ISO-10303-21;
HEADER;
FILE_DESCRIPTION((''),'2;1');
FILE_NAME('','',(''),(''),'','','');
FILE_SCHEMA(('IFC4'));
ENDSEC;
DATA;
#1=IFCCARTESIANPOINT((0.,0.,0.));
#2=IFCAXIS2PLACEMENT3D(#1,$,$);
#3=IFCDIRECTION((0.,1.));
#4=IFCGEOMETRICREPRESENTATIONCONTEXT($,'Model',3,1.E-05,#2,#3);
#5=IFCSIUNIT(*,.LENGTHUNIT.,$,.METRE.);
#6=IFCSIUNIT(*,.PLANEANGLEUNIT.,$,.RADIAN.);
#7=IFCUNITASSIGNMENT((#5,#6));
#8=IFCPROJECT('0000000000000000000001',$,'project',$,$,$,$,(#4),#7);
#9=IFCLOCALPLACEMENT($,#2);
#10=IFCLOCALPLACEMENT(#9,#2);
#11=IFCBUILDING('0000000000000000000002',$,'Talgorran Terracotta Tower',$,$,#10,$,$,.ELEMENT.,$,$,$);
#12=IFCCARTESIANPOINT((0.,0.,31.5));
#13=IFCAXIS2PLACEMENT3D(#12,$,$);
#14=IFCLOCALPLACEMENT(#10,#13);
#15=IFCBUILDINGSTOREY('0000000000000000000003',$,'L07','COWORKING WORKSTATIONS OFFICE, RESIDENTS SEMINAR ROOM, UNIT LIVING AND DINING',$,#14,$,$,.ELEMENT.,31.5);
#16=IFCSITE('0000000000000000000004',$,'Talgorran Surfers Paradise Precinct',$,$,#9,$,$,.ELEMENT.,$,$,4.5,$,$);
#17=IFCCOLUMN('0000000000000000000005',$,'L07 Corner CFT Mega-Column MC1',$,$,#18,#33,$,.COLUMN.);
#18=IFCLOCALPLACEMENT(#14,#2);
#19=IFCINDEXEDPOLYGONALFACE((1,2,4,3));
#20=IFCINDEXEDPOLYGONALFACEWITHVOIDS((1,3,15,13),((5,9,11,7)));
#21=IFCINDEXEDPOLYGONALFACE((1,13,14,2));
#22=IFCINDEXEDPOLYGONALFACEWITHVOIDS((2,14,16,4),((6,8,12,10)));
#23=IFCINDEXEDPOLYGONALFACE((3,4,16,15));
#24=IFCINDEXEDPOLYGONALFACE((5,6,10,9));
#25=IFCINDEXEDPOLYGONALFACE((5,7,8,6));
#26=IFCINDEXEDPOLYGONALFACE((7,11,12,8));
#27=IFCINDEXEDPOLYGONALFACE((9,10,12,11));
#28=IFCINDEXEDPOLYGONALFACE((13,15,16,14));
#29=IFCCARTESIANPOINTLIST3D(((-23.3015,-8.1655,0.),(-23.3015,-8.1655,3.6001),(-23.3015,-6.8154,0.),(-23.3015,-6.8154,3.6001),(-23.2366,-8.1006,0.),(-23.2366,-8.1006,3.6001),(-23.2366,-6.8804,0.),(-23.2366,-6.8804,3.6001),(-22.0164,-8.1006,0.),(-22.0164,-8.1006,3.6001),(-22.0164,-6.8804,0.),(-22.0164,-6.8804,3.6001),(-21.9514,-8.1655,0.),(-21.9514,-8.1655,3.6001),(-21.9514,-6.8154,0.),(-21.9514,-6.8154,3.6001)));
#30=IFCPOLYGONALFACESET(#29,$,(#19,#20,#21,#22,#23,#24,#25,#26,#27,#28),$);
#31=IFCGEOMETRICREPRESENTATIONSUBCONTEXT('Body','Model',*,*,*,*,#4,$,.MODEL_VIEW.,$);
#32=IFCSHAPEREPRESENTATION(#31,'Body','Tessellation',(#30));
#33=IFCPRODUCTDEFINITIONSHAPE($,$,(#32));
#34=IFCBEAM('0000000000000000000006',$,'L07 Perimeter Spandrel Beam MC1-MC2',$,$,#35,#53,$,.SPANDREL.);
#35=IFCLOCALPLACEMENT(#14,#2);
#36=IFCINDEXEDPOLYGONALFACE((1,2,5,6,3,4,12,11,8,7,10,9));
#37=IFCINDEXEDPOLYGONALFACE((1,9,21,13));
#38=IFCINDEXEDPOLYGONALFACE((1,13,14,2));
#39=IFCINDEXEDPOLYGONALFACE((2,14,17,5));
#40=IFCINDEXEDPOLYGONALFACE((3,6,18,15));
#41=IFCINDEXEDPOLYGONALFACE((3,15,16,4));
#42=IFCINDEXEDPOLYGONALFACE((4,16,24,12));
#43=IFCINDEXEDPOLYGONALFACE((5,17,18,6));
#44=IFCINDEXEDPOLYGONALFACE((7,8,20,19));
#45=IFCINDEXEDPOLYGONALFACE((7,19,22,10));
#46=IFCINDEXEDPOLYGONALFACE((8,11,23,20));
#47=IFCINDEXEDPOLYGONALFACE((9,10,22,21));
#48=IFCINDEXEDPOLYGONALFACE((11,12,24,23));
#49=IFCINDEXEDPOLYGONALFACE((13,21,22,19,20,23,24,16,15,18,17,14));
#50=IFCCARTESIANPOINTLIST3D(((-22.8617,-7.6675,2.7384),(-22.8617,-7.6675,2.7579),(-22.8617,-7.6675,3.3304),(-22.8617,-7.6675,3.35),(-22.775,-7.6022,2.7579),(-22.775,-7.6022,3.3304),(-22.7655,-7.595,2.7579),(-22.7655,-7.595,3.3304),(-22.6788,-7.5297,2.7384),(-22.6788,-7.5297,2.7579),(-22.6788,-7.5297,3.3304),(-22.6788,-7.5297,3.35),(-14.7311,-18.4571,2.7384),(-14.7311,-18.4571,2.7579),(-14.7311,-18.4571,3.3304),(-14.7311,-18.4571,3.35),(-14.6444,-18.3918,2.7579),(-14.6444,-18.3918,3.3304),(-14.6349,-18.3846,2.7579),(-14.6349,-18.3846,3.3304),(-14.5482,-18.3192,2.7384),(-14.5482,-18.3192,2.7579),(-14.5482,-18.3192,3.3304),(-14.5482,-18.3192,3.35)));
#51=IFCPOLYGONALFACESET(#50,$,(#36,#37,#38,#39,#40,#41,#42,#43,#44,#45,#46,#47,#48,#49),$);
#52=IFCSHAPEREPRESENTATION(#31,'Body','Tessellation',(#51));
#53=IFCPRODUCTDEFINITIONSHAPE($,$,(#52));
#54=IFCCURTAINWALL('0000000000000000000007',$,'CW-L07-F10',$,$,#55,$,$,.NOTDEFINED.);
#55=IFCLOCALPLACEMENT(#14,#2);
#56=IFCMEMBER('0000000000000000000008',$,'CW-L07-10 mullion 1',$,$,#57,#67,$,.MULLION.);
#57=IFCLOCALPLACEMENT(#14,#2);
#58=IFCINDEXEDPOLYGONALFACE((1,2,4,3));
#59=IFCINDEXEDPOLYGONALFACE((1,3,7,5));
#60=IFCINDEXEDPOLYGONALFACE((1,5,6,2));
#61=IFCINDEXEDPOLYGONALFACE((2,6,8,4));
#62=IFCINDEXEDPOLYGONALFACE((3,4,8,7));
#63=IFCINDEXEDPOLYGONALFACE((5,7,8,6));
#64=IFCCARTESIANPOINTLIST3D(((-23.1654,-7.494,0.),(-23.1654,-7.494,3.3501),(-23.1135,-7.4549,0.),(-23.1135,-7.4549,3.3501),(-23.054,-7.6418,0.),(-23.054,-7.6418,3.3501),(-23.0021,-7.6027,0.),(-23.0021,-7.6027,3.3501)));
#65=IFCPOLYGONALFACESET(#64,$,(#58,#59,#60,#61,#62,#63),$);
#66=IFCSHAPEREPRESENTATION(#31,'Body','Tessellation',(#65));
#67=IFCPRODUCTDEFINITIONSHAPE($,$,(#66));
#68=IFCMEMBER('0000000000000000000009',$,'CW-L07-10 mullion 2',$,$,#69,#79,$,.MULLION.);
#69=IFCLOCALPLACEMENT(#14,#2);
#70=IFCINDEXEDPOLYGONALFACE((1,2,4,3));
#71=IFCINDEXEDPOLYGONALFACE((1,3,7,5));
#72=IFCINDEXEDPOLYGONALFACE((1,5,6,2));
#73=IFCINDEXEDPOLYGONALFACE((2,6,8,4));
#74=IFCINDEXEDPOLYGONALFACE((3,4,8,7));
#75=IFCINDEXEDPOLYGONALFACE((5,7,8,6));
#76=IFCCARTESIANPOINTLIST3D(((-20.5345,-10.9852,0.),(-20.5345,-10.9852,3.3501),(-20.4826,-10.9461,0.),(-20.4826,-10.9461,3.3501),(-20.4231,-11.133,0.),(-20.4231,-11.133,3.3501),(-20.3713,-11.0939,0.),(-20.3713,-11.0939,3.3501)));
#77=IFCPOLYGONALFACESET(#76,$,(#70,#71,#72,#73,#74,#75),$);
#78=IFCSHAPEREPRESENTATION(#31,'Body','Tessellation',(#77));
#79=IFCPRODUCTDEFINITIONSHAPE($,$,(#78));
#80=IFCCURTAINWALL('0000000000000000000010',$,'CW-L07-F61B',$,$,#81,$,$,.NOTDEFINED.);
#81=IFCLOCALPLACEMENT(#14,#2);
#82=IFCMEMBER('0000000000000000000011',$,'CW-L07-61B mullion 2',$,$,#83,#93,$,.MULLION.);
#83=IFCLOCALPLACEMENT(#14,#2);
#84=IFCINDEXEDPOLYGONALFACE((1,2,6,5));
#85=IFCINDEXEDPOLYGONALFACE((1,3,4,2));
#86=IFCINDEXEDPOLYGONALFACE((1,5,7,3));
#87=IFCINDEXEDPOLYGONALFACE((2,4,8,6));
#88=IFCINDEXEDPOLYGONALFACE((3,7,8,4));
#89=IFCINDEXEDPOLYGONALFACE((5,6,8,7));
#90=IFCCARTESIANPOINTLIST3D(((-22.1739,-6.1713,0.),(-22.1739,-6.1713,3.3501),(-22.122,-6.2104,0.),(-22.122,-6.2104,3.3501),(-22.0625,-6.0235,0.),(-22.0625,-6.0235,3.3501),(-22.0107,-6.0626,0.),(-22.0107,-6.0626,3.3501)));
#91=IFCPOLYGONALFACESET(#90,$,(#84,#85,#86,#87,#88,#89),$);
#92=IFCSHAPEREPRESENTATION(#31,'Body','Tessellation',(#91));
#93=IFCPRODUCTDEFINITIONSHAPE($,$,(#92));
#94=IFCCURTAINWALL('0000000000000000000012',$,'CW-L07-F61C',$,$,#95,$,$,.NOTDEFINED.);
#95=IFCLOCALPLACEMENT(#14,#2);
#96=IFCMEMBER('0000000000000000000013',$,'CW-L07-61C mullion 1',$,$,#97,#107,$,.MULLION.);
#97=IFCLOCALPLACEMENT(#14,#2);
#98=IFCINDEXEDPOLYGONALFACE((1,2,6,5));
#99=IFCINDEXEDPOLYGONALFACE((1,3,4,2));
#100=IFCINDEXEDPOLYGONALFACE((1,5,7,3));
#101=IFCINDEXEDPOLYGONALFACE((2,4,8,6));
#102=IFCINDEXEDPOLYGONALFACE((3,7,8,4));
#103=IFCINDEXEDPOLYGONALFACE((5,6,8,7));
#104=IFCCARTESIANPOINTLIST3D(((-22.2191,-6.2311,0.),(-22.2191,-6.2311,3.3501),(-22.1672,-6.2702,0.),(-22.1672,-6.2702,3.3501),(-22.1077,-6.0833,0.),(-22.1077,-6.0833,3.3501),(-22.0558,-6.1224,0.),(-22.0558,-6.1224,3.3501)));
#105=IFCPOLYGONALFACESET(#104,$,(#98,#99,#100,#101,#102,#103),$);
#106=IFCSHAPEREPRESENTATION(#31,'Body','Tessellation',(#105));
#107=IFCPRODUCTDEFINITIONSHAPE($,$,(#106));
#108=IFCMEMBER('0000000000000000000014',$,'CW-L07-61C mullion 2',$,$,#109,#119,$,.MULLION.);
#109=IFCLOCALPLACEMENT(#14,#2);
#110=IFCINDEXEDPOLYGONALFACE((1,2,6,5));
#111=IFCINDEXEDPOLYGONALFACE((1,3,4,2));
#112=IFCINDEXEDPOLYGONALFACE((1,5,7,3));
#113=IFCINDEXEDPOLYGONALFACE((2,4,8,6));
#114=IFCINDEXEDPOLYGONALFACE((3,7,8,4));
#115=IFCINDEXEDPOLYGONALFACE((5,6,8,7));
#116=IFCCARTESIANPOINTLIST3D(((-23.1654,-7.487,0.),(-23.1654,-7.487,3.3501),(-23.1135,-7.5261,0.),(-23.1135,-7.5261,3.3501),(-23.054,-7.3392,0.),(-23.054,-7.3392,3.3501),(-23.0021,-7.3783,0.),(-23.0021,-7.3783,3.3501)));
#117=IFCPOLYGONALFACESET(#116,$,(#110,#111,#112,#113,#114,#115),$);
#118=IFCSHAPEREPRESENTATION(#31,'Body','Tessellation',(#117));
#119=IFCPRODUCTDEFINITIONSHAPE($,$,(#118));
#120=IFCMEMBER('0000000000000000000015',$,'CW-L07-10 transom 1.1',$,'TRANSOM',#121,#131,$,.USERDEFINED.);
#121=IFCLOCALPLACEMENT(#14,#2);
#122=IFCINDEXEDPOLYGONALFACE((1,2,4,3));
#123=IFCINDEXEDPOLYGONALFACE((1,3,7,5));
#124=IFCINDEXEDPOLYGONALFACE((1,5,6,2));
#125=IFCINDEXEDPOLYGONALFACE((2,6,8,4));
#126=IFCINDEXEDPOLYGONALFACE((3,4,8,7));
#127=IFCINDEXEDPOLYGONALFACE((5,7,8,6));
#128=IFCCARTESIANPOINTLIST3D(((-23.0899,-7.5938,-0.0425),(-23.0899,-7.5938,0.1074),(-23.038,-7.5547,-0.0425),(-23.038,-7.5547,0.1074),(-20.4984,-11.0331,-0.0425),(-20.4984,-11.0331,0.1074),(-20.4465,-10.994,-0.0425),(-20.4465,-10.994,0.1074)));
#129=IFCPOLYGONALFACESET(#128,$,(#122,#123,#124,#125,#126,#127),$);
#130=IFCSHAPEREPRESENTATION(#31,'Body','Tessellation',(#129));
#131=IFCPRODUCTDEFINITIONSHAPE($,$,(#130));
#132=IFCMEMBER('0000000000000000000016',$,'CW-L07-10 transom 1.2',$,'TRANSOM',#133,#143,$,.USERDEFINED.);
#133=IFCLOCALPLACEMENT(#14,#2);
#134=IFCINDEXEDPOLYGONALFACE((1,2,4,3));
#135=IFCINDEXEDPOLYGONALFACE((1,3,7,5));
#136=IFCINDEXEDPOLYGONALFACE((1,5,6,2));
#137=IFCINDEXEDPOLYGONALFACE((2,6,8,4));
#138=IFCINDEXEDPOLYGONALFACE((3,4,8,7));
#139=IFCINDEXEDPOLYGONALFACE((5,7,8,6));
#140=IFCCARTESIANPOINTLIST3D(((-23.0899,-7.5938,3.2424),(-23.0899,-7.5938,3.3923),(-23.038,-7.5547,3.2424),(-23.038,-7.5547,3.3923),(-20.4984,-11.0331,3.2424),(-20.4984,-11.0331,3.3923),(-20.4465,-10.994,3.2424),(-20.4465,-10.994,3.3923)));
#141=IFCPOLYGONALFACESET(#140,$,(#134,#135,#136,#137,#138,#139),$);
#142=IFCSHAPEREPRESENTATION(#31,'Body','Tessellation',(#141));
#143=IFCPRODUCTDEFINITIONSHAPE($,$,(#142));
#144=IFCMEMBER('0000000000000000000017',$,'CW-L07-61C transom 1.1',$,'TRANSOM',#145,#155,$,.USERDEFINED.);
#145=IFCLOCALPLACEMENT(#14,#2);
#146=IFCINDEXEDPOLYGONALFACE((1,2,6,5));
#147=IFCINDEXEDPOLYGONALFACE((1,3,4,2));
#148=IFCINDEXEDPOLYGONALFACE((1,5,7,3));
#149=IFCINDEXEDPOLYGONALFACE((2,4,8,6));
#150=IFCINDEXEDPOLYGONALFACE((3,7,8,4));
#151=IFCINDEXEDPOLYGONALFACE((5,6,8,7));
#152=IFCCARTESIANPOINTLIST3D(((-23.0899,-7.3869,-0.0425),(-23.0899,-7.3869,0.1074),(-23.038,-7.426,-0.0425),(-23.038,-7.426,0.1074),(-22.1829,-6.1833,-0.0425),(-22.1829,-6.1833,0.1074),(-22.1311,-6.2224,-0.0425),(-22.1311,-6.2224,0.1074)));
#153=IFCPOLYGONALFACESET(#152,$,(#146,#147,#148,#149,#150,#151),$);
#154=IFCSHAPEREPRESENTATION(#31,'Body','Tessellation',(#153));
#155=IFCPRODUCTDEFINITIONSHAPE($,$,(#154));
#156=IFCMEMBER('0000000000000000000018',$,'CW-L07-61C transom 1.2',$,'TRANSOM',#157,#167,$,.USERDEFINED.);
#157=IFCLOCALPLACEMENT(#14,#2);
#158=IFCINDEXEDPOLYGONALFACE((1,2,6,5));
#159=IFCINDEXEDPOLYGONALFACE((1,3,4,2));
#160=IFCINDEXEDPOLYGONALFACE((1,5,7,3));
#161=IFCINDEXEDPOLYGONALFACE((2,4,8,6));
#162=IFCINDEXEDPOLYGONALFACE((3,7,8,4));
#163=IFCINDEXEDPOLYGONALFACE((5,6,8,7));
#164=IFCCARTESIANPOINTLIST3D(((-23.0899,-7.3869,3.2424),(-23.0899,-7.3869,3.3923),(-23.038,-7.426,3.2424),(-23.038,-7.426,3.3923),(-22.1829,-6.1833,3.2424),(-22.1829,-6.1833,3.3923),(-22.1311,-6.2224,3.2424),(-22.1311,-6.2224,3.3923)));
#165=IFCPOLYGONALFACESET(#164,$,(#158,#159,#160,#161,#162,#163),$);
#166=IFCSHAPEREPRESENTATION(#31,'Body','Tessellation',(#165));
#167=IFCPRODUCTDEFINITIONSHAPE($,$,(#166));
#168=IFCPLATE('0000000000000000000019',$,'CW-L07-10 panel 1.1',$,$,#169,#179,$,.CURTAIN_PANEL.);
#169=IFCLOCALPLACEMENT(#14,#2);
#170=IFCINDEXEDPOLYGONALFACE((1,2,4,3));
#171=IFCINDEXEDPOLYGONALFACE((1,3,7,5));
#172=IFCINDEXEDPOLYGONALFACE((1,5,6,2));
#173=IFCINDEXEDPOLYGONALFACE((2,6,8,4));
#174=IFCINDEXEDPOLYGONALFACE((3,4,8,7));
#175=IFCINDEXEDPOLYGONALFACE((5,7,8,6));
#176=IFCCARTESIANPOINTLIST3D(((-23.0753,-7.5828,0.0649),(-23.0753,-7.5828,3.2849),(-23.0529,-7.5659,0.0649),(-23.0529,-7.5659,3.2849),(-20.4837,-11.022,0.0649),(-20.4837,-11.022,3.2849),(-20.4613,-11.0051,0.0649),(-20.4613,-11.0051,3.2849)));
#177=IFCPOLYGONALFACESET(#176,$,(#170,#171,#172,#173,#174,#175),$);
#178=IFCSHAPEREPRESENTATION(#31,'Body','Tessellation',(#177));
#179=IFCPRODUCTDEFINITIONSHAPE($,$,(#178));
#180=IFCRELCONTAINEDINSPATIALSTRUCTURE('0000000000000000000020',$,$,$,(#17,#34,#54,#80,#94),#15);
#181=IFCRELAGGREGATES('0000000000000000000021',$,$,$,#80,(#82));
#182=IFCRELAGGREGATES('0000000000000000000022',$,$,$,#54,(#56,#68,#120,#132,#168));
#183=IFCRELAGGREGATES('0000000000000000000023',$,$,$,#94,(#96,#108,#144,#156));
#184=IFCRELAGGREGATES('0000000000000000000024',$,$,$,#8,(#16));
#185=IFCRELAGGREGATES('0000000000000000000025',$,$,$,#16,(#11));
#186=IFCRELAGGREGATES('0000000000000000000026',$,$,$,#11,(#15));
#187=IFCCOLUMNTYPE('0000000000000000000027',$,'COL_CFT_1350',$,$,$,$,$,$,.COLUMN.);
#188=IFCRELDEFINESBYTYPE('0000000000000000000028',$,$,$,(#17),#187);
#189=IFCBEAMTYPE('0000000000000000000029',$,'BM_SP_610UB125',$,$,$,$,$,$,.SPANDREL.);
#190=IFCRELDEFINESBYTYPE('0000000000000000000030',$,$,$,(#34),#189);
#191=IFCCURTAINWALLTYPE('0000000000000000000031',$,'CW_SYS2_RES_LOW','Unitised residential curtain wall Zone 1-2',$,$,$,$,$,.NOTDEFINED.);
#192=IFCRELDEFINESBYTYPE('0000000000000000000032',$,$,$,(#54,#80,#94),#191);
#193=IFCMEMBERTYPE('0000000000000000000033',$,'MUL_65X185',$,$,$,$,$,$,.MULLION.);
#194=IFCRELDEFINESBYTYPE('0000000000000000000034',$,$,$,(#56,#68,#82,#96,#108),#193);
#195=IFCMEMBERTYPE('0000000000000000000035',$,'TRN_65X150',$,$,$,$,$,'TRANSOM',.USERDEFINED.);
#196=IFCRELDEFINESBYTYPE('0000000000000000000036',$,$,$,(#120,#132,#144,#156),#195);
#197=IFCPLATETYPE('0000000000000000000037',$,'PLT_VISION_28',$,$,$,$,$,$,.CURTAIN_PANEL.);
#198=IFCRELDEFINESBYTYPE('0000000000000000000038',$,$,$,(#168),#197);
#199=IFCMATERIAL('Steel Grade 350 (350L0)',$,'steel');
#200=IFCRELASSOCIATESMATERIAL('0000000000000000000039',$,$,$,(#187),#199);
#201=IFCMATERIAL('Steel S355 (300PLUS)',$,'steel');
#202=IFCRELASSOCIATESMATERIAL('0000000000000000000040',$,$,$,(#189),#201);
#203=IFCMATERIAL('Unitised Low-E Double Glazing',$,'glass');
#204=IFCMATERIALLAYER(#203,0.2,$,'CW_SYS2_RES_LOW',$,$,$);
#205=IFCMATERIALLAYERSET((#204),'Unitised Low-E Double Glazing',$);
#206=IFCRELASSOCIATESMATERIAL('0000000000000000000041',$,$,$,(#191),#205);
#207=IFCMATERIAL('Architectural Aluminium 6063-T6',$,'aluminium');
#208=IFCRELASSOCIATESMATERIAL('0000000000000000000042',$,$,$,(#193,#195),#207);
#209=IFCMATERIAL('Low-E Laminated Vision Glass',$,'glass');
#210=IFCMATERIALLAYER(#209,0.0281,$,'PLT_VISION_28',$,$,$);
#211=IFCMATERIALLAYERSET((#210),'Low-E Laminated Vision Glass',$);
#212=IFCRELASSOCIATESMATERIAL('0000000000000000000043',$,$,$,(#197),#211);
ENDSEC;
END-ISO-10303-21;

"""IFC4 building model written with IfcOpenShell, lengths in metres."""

from ifc_helpers import new_model, si_unit, direction, frame, origin, origin_2d, place, context, subcontext, project, spatial, rectangle, hollow_rectangle, i_section, extrude, source, transform, mapped, material, layer, layer_set, material_profile, profile_set, type_object, element, aggregate, save


model = new_model("IFC4")

# Units and contexts
model_context = context("Model", 3, precision=1e-05, world=origin(), true_north=direction((0.0, 1.0)))
body_context = subcontext(model_context, "Body", "Model", "MODEL_VIEW")
ifc_project = project(units=[si_unit("LENGTHUNIT", "METRE"), si_unit("PLANEANGLEUNIT", "RADIAN")], contexts=[model_context])

# Site, building, storey
site_placement = place(None, origin())
site = spatial("IfcSite", under=ifc_project, at=site_placement, Name="Talgorran Surfers Paradise Precinct", CompositionType="ELEMENT", RefElevation=4.5)
building_placement = place(site_placement, origin())
building = spatial("IfcBuilding", under=site, at=building_placement, Name="Talgorran Terracotta Tower", CompositionType="ELEMENT")
storey_placement = place(building_placement, frame((0.0, 0.0, 31.5)))
storey = spatial("IfcBuildingStorey", under=building, at=storey_placement, Name="L07", Description="COWORKING WORKSTATIONS OFFICE, RESIDENTS SEMINAR ROOM, UNIT LIVING AND DINING", CompositionType="ELEMENT", Elevation=31.5)

# Column
ifc_material_1 = material(Name="Steel Grade 350 (350L0)", Category="steel")
ifc_material_profile_1 = material_profile(ifc_material_1, hollow_rectangle(XDim=1.3501, YDim=1.3501, WallThickness=0.0649, at=origin_2d()), Name="CFT1350X1350X65")
ifc_profile_set_1 = profile_set([ifc_material_profile_1], Name="Steel Grade 350 (350L0)")
column_type = type_object("IfcColumnType", Name="COL_CFT_1350", PredefinedType="COLUMN", material=ifc_profile_set_1)
column_placement = place(storey_placement, frame((-22.6265, -7.4905, 0.0), z_axis=(0.0, 0.0, 1.0), x_axis=(1.0, 0.0, 0.0)))
element("IfcColumn", 1, at=column_placement, inside=storey, type_object=column_type, Name="L07 Corner CFT Mega-Column MC1", PredefinedType="COLUMN", context=body_context, shape_type="SweptSolid", body=[
    extrude(hollow_rectangle(XDim=1.3501, YDim=1.3501, WallThickness=0.0649, at=origin_2d()), origin(), (0.0, 0.0, 1.0), 3.6001),
])

# Beam
ifc_material_2 = material(Name="Steel S355 (300PLUS)", Category="steel")
ifc_material_profile_2 = material_profile(ifc_material_2, i_section(OverallWidth=0.229, OverallDepth=0.6116, WebThickness=0.012, FlangeThickness=0.0195, at=origin_2d()), Name="610UB125")
ifc_profile_set_2 = profile_set([ifc_material_profile_2], Name="Steel S355 (300PLUS)")
beam_type = type_object("IfcBeamType", Name="BM_SP_610UB125", PredefinedType="SPANDREL", material=ifc_profile_set_2)
beam_placement = place(storey_placement, frame((-22.7703, -7.5986, 3.0442), z_axis=(0.60182, -0.798632, 0.0), x_axis=(0.798632, 0.60182, 0.0)))
element("IfcBeam", 2, at=beam_placement, inside=storey, type_object=beam_type, Name="L07 Perimeter Spandrel Beam MC1-MC2", PredefinedType="SPANDREL", context=body_context, shape_type="SweptSolid", body=[
    extrude(i_section(OverallWidth=0.229, OverallDepth=0.6116, WebThickness=0.012, FlangeThickness=0.0195, at=origin_2d()), origin(), (0.0, 0.0, 1.0), 13.51),
])

# Curtain wall, members
ifc_material_3 = material(Name="Unitised Low-E Double Glazing", Category="glass")
ifc_layer_1 = layer(ifc_material_3, 0.2, Name="CW_SYS2_RES_LOW")
ifc_layer_set_1 = layer_set([ifc_layer_1], Name="Unitised Low-E Double Glazing")
curtain_wall_type = type_object("IfcCurtainWallType", Name="CW_SYS2_RES_LOW", Description="Unitised residential curtain wall Zone 1-2", PredefinedType="NOTDEFINED", material=ifc_layer_set_1)
curtain_wall_1_placement = place(storey_placement, origin())
curtain_wall_1 = element("IfcCurtainWall", 3, at=curtain_wall_1_placement, inside=storey, type_object=curtain_wall_type, Name="CW-L07-F10", PredefinedType="NOTDEFINED")
ifc_material_4 = material(Name="Architectural Aluminium 6063-T6", Category="aluminium")
ifc_material_profile_3 = material_profile(ifc_material_4, rectangle(XDim=0.0649, YDim=0.1851, at=origin_2d()), Name="CWM65X185")
ifc_profile_set_3 = profile_set([ifc_material_profile_3], Name="Architectural Aluminium 6063-T6")
member_type_1 = type_object("IfcMemberType", Name="MUL_65X185", PredefinedType="MULLION", material=ifc_profile_set_3)
member_1_placement = place(storey_placement, frame((-23.0837, -7.5483, 0.0), z_axis=(0.0, 0.0, 1.0), x_axis=(0.798646, 0.601802, 0.0)))
member_1 = element("IfcMember", 4, at=member_1_placement, type_object=member_type_1, Name="CW-L07-10 mullion 1", PredefinedType="MULLION", context=body_context, shape_type="SweptSolid", body=[
    extrude(rectangle(XDim=0.0649, YDim=0.1851, at=origin_2d()), origin(), (0.0, 0.0, 1.0), 3.3501),
])
member_2_placement = place(storey_placement, frame((-20.4529, -11.0396, 0.0), z_axis=(0.0, 0.0, 1.0), x_axis=(0.798646, 0.601802, 0.0)))
member_2 = element("IfcMember", 5, at=member_2_placement, type_object=member_type_1, Name="CW-L07-10 mullion 2", PredefinedType="MULLION", context=body_context, shape_type="SweptSolid", body=[
    extrude(rectangle(XDim=0.0649, YDim=0.1851, at=origin_2d()), origin(), (0.0, 0.0, 1.0), 3.3501),
])

# Curtain wall, member
curtain_wall_2_placement = place(storey_placement, origin())
curtain_wall_2 = element("IfcCurtainWall", 6, at=curtain_wall_2_placement, inside=storey, type_object=curtain_wall_type, Name="CW-L07-F61B", PredefinedType="NOTDEFINED")
member_3_placement = place(storey_placement, frame((-22.0923, -6.1169, 0.0), z_axis=(0.0, 0.0, 1.0), x_axis=(0.798648, -0.601798, 0.0)))
member_3 = element("IfcMember", 7, at=member_3_placement, type_object=member_type_1, Name="CW-L07-61B mullion 2", PredefinedType="MULLION", context=body_context, shape_type="SweptSolid", body=[
    extrude(rectangle(XDim=0.0649, YDim=0.1851, at=origin_2d()), origin(), (0.0, 0.0, 1.0), 3.3501),
])
aggregate(curtain_wall_2, [member_3])

# Curtain wall, members
curtain_wall_3_placement = place(storey_placement, origin())
curtain_wall_3 = element("IfcCurtainWall", 8, at=curtain_wall_3_placement, inside=storey, type_object=curtain_wall_type, Name="CW-L07-F61C", PredefinedType="NOTDEFINED")
member_4_placement = place(storey_placement, frame((-22.1375, -6.1768, 0.0), z_axis=(0.0, 0.0, 1.0), x_axis=(0.79862, -0.601836, 0.0)))
member_4 = element("IfcMember", 9, at=member_4_placement, type_object=member_type_1, Name="CW-L07-61C mullion 1", PredefinedType="MULLION", context=body_context, shape_type="SweptSolid", body=[
    extrude(rectangle(XDim=0.0649, YDim=0.1851, at=origin_2d()), origin(), (0.0, 0.0, 1.0), 3.3501),
])
member_5_placement = place(storey_placement, frame((-23.0837, -7.4326, 0.0), z_axis=(0.0, 0.0, 1.0), x_axis=(0.79862, -0.601836, 0.0)))
member_5 = element("IfcMember", 10, at=member_5_placement, type_object=member_type_1, Name="CW-L07-61C mullion 2", PredefinedType="MULLION", context=body_context, shape_type="SweptSolid", body=[
    extrude(rectangle(XDim=0.0649, YDim=0.1851, at=origin_2d()), origin(), (0.0, 0.0, 1.0), 3.3501),
])

# Members
ifc_material_profile_4 = material_profile(ifc_material_4, rectangle(XDim=0.0649, YDim=0.1499, at=origin_2d()), Name="CWT65X150")
ifc_profile_set_4 = profile_set([ifc_material_profile_4], Name="Architectural Aluminium 6063-T6")
member_type_2 = type_object("IfcMemberType", Name="TRN_65X150", ElementType="TRANSOM", PredefinedType="USERDEFINED", material=ifc_profile_set_4)
member_6_placement = place(storey_placement, frame((-23.064, -7.5742, 0.0325), z_axis=(0.601776, -0.798665, 0.0), x_axis=(0.798665, 0.601776, 0.0)))
member_6 = element("IfcMember", 11, at=member_6_placement, type_object=member_type_2, Name="CW-L07-10 transom 1.1", ObjectType="TRANSOM", PredefinedType="USERDEFINED", context=body_context, shape_type="SweptSolid", body=[
    extrude(rectangle(XDim=0.0649, YDim=0.1499, at=origin_2d()), origin(), (0.0, 0.0, 1.0), 4.3064),
])
member_7_placement = place(storey_placement, frame((-23.064, -7.5742, 3.3174), z_axis=(0.601776, -0.798665, 0.0), x_axis=(0.798665, 0.601776, 0.0)))
member_7 = element("IfcMember", 12, at=member_7_placement, type_object=member_type_2, Name="CW-L07-10 transom 1.2", ObjectType="TRANSOM", PredefinedType="USERDEFINED", context=body_context, shape_type="SweptSolid", body=[
    extrude(rectangle(XDim=0.0649, YDim=0.1499, at=origin_2d()), origin(), (0.0, 0.0, 1.0), 4.3064),
])
member_8_placement = place(storey_placement, frame((-22.157, -6.2029, 0.0325), z_axis=(-0.601813, -0.798637, 0.0), x_axis=(0.798637, -0.601813, 0.0)))
member_8 = element("IfcMember", 13, at=member_8_placement, type_object=member_type_2, Name="CW-L07-61C transom 1.1", ObjectType="TRANSOM", PredefinedType="USERDEFINED", context=body_context, shape_type="SweptSolid", body=[
    extrude(rectangle(XDim=0.0649, YDim=0.1499, at=origin_2d()), origin(), (0.0, 0.0, 1.0), 1.5071),
])
member_9_placement = place(storey_placement, frame((-22.157, -6.2029, 3.3174), z_axis=(-0.601813, -0.798637, 0.0), x_axis=(0.798637, -0.601813, 0.0)))
member_9 = element("IfcMember", 14, at=member_9_placement, type_object=member_type_2, Name="CW-L07-61C transom 1.2", ObjectType="TRANSOM", PredefinedType="USERDEFINED", context=body_context, shape_type="SweptSolid", body=[
    extrude(rectangle(XDim=0.0649, YDim=0.1499, at=origin_2d()), origin(), (0.0, 0.0, 1.0), 1.5071),
])

# Plate
ifc_material_5 = material(Name="Low-E Laminated Vision Glass", Category="glass")
ifc_layer_2 = layer(ifc_material_5, 0.0281, Name="PLT_VISION_28")
ifc_layer_set_2 = layer_set([ifc_layer_2], Name="Low-E Laminated Vision Glass")
plate_type = type_object("IfcPlateType", Name="PLT_VISION_28", PredefinedType="CURTAIN_PANEL", material=ifc_layer_set_2)
shared_shape_1 = source(origin(), body_context, "Body", "SweptSolid", [
    extrude(rectangle(XDim=4.3064, YDim=0.0281, at=origin_2d()), origin(), (0.0, 0.0, 1.0), 3.22),
])
plate_1_placement = place(storey_placement, frame((-21.7683, -9.2939, 0.0649), z_axis=(0.0, 0.0, 1.0), x_axis=(0.601802, -0.798646, 0.0)))
plate_1 = element("IfcPlate", 15, at=plate_1_placement, type_object=plate_type, Name="CW-L07-10 panel 1.1", PredefinedType="CURTAIN_PANEL", context=body_context, shape_type="MappedRepresentation", body=[
    mapped(shared_shape_1, transform((0.0, 0.0, 0.0), scale=1.0)),
])
aggregate(curtain_wall_1, [member_1, member_2, member_6, member_7, plate_1])
aggregate(curtain_wall_3, [member_4, member_5, member_8, member_9])

save(model, "model.ifc")
